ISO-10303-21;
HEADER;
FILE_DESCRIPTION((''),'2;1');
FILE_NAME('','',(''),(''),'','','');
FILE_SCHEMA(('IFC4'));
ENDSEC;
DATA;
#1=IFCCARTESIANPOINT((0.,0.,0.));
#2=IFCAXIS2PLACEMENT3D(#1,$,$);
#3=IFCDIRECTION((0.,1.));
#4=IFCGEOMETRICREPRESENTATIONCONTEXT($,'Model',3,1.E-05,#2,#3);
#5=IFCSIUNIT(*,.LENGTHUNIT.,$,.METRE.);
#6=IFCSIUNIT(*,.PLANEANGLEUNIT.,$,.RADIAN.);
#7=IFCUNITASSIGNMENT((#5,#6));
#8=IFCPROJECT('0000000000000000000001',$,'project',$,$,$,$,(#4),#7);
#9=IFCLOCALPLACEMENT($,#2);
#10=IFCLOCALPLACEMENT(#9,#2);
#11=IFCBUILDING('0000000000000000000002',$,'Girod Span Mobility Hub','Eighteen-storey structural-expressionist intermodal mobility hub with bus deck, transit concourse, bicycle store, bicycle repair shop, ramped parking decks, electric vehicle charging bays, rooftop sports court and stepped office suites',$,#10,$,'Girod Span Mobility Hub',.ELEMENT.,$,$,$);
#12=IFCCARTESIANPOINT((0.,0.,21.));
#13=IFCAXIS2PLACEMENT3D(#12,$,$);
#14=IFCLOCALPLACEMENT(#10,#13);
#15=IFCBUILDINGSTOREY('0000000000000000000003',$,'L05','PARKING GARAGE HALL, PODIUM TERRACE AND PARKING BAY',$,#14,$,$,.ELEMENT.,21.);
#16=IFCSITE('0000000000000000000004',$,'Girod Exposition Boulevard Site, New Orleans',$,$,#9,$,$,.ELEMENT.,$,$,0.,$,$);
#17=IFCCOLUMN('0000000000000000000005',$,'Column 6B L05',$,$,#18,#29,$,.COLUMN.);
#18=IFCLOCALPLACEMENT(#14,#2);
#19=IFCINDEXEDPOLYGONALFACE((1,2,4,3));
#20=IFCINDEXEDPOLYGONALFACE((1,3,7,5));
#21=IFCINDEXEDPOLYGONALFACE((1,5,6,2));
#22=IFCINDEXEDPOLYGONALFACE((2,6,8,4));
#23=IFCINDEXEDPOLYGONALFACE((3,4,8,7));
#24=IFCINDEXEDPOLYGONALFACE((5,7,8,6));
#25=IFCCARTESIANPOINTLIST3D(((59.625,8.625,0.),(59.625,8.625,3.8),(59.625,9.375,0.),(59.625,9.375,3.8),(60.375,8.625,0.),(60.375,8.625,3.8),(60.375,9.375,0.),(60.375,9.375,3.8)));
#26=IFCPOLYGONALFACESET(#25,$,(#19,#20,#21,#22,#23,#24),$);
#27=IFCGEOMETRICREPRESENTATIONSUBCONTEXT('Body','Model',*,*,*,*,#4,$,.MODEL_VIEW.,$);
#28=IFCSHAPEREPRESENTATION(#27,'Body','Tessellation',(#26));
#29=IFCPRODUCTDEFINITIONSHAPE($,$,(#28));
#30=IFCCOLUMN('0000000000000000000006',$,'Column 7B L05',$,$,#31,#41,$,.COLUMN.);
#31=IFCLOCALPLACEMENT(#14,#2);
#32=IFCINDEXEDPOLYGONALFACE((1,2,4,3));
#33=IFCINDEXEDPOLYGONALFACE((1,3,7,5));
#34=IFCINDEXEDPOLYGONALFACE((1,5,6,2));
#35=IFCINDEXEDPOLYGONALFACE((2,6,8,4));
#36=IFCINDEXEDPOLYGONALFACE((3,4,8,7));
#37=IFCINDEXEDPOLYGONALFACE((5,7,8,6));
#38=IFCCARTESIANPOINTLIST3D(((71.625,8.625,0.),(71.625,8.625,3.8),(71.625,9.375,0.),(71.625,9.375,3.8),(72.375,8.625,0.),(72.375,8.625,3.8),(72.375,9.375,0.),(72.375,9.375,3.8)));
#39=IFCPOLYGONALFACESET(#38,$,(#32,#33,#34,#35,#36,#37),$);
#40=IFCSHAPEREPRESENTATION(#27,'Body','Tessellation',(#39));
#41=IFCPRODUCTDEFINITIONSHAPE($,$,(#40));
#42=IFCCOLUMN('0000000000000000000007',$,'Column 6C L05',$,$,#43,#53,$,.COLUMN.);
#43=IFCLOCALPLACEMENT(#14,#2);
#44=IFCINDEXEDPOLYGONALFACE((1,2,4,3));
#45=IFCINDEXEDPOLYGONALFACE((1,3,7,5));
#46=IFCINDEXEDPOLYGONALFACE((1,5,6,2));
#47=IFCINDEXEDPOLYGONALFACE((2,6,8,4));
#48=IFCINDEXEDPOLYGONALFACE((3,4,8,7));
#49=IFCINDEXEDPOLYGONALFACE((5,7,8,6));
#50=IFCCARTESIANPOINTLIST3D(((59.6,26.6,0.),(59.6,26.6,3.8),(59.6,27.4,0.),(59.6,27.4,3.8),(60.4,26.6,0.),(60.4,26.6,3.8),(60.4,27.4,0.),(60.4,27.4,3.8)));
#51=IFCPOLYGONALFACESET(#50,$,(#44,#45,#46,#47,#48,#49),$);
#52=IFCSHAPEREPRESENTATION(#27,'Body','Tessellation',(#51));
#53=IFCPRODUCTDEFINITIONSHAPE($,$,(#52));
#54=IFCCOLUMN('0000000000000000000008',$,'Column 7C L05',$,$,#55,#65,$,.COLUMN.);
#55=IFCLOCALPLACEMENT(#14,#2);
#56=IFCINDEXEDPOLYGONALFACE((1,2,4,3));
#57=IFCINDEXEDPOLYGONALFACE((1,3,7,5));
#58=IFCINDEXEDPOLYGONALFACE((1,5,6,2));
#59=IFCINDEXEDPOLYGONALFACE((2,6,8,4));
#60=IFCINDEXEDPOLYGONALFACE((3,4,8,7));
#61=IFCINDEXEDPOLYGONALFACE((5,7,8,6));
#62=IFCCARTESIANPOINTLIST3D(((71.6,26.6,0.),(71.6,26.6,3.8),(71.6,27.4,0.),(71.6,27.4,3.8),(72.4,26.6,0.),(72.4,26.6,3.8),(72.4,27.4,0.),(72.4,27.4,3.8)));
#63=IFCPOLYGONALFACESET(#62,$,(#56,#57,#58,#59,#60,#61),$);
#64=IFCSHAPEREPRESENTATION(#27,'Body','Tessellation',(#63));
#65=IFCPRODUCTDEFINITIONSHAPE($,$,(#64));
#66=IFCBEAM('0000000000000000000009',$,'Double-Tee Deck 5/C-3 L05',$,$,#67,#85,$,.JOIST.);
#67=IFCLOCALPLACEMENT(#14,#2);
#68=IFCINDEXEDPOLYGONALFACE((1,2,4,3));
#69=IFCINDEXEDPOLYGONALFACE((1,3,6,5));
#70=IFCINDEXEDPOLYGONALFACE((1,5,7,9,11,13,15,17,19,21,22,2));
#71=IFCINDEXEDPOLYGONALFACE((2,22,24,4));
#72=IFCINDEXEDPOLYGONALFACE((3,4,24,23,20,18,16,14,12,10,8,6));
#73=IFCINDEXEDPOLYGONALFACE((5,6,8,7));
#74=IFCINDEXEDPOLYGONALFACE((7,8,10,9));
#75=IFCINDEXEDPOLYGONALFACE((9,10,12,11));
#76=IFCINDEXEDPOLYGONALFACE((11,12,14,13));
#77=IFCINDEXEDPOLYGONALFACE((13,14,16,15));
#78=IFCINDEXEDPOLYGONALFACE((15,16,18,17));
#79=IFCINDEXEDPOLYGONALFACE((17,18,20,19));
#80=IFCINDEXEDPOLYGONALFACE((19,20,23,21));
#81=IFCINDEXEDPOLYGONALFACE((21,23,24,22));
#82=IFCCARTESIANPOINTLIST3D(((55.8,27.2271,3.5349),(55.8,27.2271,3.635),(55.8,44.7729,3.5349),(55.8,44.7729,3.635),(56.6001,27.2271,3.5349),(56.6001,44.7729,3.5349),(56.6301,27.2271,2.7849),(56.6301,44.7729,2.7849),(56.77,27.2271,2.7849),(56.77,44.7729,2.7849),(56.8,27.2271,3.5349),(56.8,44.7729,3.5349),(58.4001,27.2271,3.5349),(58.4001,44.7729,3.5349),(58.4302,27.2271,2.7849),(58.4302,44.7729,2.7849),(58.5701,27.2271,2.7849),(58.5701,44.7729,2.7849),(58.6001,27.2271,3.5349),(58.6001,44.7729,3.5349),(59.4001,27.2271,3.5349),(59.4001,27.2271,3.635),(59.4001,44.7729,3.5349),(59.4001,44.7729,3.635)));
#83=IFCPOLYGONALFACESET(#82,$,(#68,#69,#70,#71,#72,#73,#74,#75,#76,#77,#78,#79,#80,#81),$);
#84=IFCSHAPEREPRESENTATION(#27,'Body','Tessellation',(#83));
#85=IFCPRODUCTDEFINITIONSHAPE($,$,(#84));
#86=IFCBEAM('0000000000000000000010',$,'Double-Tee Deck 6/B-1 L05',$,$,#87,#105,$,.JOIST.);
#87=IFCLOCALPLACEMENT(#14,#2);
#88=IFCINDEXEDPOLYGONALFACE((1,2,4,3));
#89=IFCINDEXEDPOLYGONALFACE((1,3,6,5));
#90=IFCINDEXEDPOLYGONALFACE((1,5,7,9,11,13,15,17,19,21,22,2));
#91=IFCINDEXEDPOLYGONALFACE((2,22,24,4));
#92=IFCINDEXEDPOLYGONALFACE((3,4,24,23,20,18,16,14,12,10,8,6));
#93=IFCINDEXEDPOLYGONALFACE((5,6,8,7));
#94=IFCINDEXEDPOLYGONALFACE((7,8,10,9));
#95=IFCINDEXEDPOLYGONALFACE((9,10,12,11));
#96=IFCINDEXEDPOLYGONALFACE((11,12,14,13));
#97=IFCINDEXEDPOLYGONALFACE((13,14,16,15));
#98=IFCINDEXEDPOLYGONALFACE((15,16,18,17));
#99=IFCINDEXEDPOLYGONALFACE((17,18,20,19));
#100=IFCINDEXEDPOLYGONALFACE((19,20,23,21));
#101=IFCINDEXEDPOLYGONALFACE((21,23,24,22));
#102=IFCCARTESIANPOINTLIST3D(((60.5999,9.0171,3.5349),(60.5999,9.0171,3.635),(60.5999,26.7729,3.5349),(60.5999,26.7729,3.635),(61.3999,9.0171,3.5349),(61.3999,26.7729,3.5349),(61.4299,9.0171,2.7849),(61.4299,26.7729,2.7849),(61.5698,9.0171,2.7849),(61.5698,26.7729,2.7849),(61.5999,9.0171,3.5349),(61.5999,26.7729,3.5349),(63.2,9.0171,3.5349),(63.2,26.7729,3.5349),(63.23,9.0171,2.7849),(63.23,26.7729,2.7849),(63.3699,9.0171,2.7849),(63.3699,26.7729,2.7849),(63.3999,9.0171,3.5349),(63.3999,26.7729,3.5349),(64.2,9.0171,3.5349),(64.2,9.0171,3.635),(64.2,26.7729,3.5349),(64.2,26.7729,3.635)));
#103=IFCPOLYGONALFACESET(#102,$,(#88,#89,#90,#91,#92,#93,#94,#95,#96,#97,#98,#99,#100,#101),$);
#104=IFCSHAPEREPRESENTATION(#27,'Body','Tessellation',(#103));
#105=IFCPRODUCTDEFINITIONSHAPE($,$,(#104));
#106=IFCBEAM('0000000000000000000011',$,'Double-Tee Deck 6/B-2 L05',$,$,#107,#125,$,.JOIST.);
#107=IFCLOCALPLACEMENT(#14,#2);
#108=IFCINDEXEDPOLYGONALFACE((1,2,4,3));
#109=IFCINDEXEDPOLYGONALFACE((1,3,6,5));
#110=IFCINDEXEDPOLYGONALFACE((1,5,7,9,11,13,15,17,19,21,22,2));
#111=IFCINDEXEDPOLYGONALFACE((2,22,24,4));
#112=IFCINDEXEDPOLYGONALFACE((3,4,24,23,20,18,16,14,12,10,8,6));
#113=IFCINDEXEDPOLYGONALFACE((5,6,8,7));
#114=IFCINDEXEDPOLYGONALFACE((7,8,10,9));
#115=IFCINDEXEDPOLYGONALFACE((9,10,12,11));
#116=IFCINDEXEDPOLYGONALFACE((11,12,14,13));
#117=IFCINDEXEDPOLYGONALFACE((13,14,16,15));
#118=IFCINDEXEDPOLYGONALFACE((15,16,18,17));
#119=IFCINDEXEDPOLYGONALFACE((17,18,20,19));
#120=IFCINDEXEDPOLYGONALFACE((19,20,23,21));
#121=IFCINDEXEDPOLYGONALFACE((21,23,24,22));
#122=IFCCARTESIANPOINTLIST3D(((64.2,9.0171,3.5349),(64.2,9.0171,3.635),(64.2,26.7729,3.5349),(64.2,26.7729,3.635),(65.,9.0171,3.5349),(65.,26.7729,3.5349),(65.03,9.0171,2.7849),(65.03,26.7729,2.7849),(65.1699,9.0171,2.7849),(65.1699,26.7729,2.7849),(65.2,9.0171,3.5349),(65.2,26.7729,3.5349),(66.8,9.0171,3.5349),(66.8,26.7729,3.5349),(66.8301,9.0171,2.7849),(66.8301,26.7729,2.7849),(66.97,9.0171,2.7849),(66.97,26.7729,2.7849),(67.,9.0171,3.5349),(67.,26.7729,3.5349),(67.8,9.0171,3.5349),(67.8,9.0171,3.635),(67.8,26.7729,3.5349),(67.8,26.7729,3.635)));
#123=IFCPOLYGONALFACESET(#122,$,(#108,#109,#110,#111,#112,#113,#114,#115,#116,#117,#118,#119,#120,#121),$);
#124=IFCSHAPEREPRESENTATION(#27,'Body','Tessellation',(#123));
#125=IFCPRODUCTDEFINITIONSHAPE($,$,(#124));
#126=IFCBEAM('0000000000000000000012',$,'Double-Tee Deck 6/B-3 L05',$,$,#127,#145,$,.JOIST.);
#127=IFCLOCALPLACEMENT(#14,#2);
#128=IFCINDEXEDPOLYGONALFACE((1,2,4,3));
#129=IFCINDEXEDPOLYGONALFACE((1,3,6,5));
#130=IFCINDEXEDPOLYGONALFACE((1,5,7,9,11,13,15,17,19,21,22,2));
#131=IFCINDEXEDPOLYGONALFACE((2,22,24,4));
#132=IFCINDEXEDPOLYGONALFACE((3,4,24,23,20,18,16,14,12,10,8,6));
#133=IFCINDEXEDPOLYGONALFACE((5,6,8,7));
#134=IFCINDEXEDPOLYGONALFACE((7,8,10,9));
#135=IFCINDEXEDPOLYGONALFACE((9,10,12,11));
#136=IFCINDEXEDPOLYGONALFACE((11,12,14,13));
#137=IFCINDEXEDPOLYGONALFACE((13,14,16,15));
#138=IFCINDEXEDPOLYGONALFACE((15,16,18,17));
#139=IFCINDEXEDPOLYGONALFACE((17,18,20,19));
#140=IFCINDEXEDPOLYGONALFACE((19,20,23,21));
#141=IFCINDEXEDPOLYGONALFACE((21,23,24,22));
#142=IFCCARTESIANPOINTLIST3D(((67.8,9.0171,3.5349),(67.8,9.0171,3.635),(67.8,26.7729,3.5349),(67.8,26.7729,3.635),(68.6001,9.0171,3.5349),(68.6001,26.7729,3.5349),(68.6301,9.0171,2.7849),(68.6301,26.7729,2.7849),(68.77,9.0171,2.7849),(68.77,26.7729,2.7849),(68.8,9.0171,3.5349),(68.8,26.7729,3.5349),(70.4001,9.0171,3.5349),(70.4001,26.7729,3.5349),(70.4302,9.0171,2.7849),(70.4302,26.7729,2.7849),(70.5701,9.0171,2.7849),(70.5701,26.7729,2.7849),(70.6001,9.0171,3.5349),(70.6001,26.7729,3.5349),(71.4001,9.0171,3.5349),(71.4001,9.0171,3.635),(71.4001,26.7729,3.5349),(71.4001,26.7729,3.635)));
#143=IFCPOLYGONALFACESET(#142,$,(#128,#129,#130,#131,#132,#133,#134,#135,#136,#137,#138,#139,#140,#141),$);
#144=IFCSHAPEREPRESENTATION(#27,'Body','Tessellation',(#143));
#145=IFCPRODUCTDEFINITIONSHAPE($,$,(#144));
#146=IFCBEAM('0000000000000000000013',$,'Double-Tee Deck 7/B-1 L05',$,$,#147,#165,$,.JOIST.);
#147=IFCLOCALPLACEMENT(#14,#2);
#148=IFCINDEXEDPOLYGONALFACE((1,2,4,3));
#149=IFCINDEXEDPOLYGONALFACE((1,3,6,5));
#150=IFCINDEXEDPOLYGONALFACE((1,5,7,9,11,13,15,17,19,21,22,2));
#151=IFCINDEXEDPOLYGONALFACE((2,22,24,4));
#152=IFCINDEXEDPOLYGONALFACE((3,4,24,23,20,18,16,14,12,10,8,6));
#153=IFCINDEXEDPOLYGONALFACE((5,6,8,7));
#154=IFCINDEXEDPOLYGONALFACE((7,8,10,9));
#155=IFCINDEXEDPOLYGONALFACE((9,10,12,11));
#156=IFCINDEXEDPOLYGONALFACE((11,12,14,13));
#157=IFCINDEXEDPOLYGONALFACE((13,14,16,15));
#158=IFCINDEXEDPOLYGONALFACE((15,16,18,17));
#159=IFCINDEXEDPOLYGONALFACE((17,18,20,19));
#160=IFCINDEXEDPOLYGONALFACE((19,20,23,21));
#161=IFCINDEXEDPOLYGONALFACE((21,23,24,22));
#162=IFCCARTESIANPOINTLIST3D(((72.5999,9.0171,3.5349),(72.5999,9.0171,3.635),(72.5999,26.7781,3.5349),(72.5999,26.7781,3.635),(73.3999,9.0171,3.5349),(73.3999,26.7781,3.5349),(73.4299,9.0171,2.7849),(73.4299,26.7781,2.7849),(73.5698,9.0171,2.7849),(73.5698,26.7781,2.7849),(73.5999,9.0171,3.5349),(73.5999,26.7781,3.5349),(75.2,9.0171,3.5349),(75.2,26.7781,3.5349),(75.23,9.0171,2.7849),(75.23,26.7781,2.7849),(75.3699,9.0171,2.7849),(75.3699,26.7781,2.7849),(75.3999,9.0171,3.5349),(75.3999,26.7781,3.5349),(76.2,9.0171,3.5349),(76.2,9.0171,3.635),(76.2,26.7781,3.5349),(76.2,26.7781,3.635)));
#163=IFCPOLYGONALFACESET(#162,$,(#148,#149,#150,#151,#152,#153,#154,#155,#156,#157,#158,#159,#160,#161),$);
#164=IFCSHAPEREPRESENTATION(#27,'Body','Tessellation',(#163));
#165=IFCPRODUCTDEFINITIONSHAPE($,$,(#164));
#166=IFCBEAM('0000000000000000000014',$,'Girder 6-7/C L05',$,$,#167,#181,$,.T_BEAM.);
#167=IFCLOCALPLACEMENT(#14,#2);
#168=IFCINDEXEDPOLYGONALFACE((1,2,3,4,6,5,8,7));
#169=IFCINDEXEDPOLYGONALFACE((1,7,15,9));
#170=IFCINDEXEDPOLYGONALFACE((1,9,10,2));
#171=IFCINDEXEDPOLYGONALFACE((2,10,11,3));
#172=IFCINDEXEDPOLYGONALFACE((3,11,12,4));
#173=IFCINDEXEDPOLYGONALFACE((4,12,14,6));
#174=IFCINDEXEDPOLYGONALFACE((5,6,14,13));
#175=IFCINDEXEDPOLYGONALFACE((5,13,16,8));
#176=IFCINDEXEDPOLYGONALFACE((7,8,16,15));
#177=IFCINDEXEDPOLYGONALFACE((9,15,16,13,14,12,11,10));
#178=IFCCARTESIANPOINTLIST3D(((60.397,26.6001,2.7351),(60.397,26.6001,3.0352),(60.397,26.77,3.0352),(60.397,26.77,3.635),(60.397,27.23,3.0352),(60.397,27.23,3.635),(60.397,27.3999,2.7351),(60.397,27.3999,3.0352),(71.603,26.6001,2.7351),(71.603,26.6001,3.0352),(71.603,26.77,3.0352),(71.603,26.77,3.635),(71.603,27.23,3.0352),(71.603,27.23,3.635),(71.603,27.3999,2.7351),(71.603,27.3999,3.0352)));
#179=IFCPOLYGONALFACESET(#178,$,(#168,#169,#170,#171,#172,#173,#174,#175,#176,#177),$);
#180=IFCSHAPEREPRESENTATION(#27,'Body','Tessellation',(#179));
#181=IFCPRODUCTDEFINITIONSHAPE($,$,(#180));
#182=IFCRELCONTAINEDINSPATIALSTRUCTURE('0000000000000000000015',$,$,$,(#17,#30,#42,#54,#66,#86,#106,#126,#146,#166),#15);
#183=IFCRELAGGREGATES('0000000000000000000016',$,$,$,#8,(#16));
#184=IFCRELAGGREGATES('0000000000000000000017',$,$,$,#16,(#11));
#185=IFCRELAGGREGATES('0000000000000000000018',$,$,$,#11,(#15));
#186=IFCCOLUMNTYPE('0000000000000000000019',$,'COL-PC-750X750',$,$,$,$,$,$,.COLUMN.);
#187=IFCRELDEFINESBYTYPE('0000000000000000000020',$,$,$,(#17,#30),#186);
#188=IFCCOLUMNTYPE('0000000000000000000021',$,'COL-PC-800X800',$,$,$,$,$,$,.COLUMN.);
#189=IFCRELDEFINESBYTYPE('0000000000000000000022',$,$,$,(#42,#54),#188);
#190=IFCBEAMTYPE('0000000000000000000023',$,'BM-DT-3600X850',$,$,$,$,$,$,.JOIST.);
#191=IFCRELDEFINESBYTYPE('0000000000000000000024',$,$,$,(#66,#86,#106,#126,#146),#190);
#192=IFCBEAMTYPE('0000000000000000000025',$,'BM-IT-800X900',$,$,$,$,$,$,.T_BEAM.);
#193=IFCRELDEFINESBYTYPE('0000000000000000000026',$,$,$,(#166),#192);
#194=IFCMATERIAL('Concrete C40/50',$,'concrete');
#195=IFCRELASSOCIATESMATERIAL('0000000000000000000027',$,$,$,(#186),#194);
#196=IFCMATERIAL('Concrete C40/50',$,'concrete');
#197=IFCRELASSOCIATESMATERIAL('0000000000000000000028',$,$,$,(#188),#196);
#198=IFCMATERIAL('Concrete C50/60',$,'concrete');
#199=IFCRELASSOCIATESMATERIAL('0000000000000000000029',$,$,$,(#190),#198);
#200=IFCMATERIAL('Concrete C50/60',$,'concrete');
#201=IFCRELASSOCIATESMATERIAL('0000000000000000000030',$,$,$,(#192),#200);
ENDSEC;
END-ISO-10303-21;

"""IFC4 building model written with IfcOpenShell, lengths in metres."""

from ifc_helpers import new_model, si_unit, direction, frame, origin, origin_2d, place, context, subcontext, project, spatial, polyline, rectangle, outline, extrude, material, material_profile, profile_set, type_object, element, save


model = new_model("IFC4")

# Units and contexts
model_context = context("Model", 3, precision=1e-05, world=origin(), true_north=direction((0.0, 1.0)))
body_context = subcontext(model_context, "Body", "Model", "MODEL_VIEW")
ifc_project = project(units=[si_unit("LENGTHUNIT", "METRE"), si_unit("PLANEANGLEUNIT", "RADIAN")], contexts=[model_context])

# Site, building, storey
site_placement = place(None, origin())
site = spatial("IfcSite", under=ifc_project, at=site_placement, Name="Girod Exposition Boulevard Site, New Orleans", CompositionType="ELEMENT", RefElevation=0.0)
building_placement = place(site_placement, origin())
building = spatial("IfcBuilding", under=site, at=building_placement, Name="Girod Span Mobility Hub", Description="Eighteen-storey structural-expressionist intermodal mobility hub with bus deck, transit concourse, bicycle store, bicycle repair shop, ramped parking decks, electric vehicle charging bays, rooftop sports court and stepped office suites", LongName="Girod Span Mobility Hub", CompositionType="ELEMENT")
storey_placement = place(building_placement, frame((0.0, 0.0, 21.0)))
storey = spatial("IfcBuildingStorey", under=building, at=storey_placement, Name="L05", Description="PARKING GARAGE HALL, PODIUM TERRACE AND PARKING BAY", CompositionType="ELEMENT", Elevation=21.0)

# Columns
ifc_material_1 = material(Name="Concrete C40/50", Category="concrete")
ifc_material_profile_1 = material_profile(ifc_material_1, rectangle(XDim=0.75, YDim=0.75, at=origin_2d()), Name="PC-COL-750X750")
ifc_profile_set_1 = profile_set([ifc_material_profile_1], Name="Concrete C40/50")
column_type_1 = type_object("IfcColumnType", Name="COL-PC-750X750", PredefinedType="COLUMN", material=ifc_profile_set_1)
for number, where, z_axis, x_axis, name in (
    (1, (60.0, 9.0, 0.0), (0.0, 0.0, 1.0), (1.0, 0.0, 0.0), "Column 6B L05"),
    (2, (72.0, 9.0, 0.0), (0.0, 0.0, 1.0), (1.0, 0.0, 0.0), "Column 7B L05"),
):
    element("IfcColumn", number, at=place(storey_placement, frame(where, z_axis=z_axis, x_axis=x_axis)), inside=storey, type_object=column_type_1, Name=name, PredefinedType="COLUMN", context=body_context, shape_type="SweptSolid", body=[
        extrude(rectangle(XDim=0.75, YDim=0.75, at=origin_2d()), origin(), (0.0, 0.0, 1.0), 3.8),
    ])
ifc_material_2 = material(Name="Concrete C40/50", Category="concrete")
ifc_material_profile_2 = material_profile(ifc_material_2, rectangle(XDim=0.8, YDim=0.8, at=origin_2d()), Name="PC-COL-800X800")
ifc_profile_set_2 = profile_set([ifc_material_profile_2], Name="Concrete C40/50")
column_type_2 = type_object("IfcColumnType", Name="COL-PC-800X800", PredefinedType="COLUMN", material=ifc_profile_set_2)
for number, where, z_axis, x_axis, name in (
    (3, (60.0, 27.0, 0.0), (0.0, 0.0, 1.0), (1.0, 0.0, 0.0), "Column 6C L05"),
    (4, (72.0, 27.0, 0.0), (0.0, 0.0, 1.0), (1.0, 0.0, 0.0), "Column 7C L05"),
):
    element("IfcColumn", number, at=place(storey_placement, frame(where, z_axis=z_axis, x_axis=x_axis)), inside=storey, type_object=column_type_2, Name=name, PredefinedType="COLUMN", context=body_context, shape_type="SweptSolid", body=[
        extrude(rectangle(XDim=0.8, YDim=0.8, at=origin_2d()), origin(), (0.0, 0.0, 1.0), 3.8),
    ])

# Beams
ifc_material_3 = material(Name="Concrete C50/60", Category="concrete")
ifc_material_profile_3 = material_profile(ifc_material_3, outline(polyline([(-1.8, 0.425), (-1.8, 0.325), (-1.0, 0.325), (-0.97, -0.425), (-0.8301, -0.425), (-0.8, 0.325), (0.8, 0.325), (0.8301, -0.425), (0.97, -0.425), (1.0, 0.325), (1.8, 0.325), (1.8, 0.425), (-1.8, 0.425)])), Name="DT-3600X850")
ifc_profile_set_3 = profile_set([ifc_material_profile_3], Name="Concrete C50/60")
beam_type_1 = type_object("IfcBeamType", Name="BM-DT-3600X850", PredefinedType="JOIST", material=ifc_profile_set_3)
beam_1_placement = place(storey_placement, frame((57.6001, 27.2271, 3.21), z_axis=(0.0, 1.0, 0.0), x_axis=(-1.0, 0.0, 0.0)))
element("IfcBeam", 5, at=beam_1_placement, inside=storey, type_object=beam_type_1, Name="Double-Tee Deck 5/C-3 L05", PredefinedType="JOIST", context=body_context, shape_type="SweptSolid", body=[
    extrude(outline(polyline([(-1.8, 0.425), (-1.8, 0.325), (-1.0, 0.325), (-0.97, -0.425), (-0.8301, -0.425), (-0.8, 0.325), (0.8, 0.325), (0.8301, -0.425), (0.97, -0.425), (1.0, 0.325), (1.8, 0.325), (1.8, 0.425), (-1.8, 0.425)])), origin(), (0.0, 0.0, 1.0), 17.5459),
])
for number, where, z_axis, x_axis, name in (
    (6, (62.3999, 9.0171, 3.21), (0.0, 1.0, 0.0), (-1.0, 0.0, 0.0), "Double-Tee Deck 6/B-1 L05"),
    (7, (66.0, 9.0171, 3.21), (0.0, 1.0, 0.0), (-1.0, 0.0, 0.0), "Double-Tee Deck 6/B-2 L05"),
    (8, (69.6001, 9.0171, 3.21), (0.0, 1.0, 0.0), (-1.0, 0.0, 0.0), "Double-Tee Deck 6/B-3 L05"),
):
    element("IfcBeam", number, at=place(storey_placement, frame(where, z_axis=z_axis, x_axis=x_axis)), inside=storey, type_object=beam_type_1, Name=name, PredefinedType="JOIST", context=body_context, shape_type="SweptSolid", body=[
        extrude(outline(polyline([(-1.8, 0.425), (-1.8, 0.325), (-1.0, 0.325), (-0.97, -0.425), (-0.8301, -0.425), (-0.8, 0.325), (0.8, 0.325), (0.8301, -0.425), (0.97, -0.425), (1.0, 0.325), (1.8, 0.325), (1.8, 0.425), (-1.8, 0.425)])), origin(), (0.0, 0.0, 1.0), 17.7559),
    ])
beam_2_placement = place(storey_placement, frame((74.3999, 9.0171, 3.21), z_axis=(0.0, 1.0, 0.0), x_axis=(-1.0, 0.0, 0.0)))
element("IfcBeam", 9, at=beam_2_placement, inside=storey, type_object=beam_type_1, Name="Double-Tee Deck 7/B-1 L05", PredefinedType="JOIST", context=body_context, shape_type="SweptSolid", body=[
    extrude(outline(polyline([(-1.8, 0.425), (-1.8, 0.325), (-1.0, 0.325), (-0.97, -0.425), (-0.8301, -0.425), (-0.8, 0.325), (0.8, 0.325), (0.8301, -0.425), (0.97, -0.425), (1.0, 0.325), (1.8, 0.325), (1.8, 0.425), (-1.8, 0.425)])), origin(), (0.0, 0.0, 1.0), 17.761),
])
ifc_material_4 = material(Name="Concrete C50/60", Category="concrete")
ifc_material_profile_4 = material_profile(ifc_material_4, outline(polyline([(-0.3999, -0.45), (0.3999, -0.45), (0.3999, -0.1499), (0.23, -0.1499), (0.23, 0.45), (-0.23, 0.45), (-0.23, -0.1499), (-0.3999, -0.1499), (-0.3999, -0.45)])), Name="IT-800X900")
ifc_profile_set_4 = profile_set([ifc_material_profile_4], Name="Concrete C50/60")
beam_type_2 = type_object("IfcBeamType", Name="BM-IT-800X900", PredefinedType="T_BEAM", material=ifc_profile_set_4)
beam_3_placement = place(storey_placement, frame((60.397, 27.0, 3.1851), z_axis=(1.0, 0.0, 0.0), x_axis=(0.0, 1.0, 0.0)))
element("IfcBeam", 10, at=beam_3_placement, inside=storey, type_object=beam_type_2, Name="Girder 6-7/C L05", PredefinedType="T_BEAM", context=body_context, shape_type="SweptSolid", body=[
    extrude(outline(polyline([(-0.3999, -0.45), (0.3999, -0.45), (0.3999, -0.1499), (0.23, -0.1499), (0.23, 0.45), (-0.23, 0.45), (-0.23, -0.1499), (-0.3999, -0.1499), (-0.3999, -0.45)])), origin(), (0.0, 0.0, 1.0), 11.2061),
])

save(model, "model.ifc")
